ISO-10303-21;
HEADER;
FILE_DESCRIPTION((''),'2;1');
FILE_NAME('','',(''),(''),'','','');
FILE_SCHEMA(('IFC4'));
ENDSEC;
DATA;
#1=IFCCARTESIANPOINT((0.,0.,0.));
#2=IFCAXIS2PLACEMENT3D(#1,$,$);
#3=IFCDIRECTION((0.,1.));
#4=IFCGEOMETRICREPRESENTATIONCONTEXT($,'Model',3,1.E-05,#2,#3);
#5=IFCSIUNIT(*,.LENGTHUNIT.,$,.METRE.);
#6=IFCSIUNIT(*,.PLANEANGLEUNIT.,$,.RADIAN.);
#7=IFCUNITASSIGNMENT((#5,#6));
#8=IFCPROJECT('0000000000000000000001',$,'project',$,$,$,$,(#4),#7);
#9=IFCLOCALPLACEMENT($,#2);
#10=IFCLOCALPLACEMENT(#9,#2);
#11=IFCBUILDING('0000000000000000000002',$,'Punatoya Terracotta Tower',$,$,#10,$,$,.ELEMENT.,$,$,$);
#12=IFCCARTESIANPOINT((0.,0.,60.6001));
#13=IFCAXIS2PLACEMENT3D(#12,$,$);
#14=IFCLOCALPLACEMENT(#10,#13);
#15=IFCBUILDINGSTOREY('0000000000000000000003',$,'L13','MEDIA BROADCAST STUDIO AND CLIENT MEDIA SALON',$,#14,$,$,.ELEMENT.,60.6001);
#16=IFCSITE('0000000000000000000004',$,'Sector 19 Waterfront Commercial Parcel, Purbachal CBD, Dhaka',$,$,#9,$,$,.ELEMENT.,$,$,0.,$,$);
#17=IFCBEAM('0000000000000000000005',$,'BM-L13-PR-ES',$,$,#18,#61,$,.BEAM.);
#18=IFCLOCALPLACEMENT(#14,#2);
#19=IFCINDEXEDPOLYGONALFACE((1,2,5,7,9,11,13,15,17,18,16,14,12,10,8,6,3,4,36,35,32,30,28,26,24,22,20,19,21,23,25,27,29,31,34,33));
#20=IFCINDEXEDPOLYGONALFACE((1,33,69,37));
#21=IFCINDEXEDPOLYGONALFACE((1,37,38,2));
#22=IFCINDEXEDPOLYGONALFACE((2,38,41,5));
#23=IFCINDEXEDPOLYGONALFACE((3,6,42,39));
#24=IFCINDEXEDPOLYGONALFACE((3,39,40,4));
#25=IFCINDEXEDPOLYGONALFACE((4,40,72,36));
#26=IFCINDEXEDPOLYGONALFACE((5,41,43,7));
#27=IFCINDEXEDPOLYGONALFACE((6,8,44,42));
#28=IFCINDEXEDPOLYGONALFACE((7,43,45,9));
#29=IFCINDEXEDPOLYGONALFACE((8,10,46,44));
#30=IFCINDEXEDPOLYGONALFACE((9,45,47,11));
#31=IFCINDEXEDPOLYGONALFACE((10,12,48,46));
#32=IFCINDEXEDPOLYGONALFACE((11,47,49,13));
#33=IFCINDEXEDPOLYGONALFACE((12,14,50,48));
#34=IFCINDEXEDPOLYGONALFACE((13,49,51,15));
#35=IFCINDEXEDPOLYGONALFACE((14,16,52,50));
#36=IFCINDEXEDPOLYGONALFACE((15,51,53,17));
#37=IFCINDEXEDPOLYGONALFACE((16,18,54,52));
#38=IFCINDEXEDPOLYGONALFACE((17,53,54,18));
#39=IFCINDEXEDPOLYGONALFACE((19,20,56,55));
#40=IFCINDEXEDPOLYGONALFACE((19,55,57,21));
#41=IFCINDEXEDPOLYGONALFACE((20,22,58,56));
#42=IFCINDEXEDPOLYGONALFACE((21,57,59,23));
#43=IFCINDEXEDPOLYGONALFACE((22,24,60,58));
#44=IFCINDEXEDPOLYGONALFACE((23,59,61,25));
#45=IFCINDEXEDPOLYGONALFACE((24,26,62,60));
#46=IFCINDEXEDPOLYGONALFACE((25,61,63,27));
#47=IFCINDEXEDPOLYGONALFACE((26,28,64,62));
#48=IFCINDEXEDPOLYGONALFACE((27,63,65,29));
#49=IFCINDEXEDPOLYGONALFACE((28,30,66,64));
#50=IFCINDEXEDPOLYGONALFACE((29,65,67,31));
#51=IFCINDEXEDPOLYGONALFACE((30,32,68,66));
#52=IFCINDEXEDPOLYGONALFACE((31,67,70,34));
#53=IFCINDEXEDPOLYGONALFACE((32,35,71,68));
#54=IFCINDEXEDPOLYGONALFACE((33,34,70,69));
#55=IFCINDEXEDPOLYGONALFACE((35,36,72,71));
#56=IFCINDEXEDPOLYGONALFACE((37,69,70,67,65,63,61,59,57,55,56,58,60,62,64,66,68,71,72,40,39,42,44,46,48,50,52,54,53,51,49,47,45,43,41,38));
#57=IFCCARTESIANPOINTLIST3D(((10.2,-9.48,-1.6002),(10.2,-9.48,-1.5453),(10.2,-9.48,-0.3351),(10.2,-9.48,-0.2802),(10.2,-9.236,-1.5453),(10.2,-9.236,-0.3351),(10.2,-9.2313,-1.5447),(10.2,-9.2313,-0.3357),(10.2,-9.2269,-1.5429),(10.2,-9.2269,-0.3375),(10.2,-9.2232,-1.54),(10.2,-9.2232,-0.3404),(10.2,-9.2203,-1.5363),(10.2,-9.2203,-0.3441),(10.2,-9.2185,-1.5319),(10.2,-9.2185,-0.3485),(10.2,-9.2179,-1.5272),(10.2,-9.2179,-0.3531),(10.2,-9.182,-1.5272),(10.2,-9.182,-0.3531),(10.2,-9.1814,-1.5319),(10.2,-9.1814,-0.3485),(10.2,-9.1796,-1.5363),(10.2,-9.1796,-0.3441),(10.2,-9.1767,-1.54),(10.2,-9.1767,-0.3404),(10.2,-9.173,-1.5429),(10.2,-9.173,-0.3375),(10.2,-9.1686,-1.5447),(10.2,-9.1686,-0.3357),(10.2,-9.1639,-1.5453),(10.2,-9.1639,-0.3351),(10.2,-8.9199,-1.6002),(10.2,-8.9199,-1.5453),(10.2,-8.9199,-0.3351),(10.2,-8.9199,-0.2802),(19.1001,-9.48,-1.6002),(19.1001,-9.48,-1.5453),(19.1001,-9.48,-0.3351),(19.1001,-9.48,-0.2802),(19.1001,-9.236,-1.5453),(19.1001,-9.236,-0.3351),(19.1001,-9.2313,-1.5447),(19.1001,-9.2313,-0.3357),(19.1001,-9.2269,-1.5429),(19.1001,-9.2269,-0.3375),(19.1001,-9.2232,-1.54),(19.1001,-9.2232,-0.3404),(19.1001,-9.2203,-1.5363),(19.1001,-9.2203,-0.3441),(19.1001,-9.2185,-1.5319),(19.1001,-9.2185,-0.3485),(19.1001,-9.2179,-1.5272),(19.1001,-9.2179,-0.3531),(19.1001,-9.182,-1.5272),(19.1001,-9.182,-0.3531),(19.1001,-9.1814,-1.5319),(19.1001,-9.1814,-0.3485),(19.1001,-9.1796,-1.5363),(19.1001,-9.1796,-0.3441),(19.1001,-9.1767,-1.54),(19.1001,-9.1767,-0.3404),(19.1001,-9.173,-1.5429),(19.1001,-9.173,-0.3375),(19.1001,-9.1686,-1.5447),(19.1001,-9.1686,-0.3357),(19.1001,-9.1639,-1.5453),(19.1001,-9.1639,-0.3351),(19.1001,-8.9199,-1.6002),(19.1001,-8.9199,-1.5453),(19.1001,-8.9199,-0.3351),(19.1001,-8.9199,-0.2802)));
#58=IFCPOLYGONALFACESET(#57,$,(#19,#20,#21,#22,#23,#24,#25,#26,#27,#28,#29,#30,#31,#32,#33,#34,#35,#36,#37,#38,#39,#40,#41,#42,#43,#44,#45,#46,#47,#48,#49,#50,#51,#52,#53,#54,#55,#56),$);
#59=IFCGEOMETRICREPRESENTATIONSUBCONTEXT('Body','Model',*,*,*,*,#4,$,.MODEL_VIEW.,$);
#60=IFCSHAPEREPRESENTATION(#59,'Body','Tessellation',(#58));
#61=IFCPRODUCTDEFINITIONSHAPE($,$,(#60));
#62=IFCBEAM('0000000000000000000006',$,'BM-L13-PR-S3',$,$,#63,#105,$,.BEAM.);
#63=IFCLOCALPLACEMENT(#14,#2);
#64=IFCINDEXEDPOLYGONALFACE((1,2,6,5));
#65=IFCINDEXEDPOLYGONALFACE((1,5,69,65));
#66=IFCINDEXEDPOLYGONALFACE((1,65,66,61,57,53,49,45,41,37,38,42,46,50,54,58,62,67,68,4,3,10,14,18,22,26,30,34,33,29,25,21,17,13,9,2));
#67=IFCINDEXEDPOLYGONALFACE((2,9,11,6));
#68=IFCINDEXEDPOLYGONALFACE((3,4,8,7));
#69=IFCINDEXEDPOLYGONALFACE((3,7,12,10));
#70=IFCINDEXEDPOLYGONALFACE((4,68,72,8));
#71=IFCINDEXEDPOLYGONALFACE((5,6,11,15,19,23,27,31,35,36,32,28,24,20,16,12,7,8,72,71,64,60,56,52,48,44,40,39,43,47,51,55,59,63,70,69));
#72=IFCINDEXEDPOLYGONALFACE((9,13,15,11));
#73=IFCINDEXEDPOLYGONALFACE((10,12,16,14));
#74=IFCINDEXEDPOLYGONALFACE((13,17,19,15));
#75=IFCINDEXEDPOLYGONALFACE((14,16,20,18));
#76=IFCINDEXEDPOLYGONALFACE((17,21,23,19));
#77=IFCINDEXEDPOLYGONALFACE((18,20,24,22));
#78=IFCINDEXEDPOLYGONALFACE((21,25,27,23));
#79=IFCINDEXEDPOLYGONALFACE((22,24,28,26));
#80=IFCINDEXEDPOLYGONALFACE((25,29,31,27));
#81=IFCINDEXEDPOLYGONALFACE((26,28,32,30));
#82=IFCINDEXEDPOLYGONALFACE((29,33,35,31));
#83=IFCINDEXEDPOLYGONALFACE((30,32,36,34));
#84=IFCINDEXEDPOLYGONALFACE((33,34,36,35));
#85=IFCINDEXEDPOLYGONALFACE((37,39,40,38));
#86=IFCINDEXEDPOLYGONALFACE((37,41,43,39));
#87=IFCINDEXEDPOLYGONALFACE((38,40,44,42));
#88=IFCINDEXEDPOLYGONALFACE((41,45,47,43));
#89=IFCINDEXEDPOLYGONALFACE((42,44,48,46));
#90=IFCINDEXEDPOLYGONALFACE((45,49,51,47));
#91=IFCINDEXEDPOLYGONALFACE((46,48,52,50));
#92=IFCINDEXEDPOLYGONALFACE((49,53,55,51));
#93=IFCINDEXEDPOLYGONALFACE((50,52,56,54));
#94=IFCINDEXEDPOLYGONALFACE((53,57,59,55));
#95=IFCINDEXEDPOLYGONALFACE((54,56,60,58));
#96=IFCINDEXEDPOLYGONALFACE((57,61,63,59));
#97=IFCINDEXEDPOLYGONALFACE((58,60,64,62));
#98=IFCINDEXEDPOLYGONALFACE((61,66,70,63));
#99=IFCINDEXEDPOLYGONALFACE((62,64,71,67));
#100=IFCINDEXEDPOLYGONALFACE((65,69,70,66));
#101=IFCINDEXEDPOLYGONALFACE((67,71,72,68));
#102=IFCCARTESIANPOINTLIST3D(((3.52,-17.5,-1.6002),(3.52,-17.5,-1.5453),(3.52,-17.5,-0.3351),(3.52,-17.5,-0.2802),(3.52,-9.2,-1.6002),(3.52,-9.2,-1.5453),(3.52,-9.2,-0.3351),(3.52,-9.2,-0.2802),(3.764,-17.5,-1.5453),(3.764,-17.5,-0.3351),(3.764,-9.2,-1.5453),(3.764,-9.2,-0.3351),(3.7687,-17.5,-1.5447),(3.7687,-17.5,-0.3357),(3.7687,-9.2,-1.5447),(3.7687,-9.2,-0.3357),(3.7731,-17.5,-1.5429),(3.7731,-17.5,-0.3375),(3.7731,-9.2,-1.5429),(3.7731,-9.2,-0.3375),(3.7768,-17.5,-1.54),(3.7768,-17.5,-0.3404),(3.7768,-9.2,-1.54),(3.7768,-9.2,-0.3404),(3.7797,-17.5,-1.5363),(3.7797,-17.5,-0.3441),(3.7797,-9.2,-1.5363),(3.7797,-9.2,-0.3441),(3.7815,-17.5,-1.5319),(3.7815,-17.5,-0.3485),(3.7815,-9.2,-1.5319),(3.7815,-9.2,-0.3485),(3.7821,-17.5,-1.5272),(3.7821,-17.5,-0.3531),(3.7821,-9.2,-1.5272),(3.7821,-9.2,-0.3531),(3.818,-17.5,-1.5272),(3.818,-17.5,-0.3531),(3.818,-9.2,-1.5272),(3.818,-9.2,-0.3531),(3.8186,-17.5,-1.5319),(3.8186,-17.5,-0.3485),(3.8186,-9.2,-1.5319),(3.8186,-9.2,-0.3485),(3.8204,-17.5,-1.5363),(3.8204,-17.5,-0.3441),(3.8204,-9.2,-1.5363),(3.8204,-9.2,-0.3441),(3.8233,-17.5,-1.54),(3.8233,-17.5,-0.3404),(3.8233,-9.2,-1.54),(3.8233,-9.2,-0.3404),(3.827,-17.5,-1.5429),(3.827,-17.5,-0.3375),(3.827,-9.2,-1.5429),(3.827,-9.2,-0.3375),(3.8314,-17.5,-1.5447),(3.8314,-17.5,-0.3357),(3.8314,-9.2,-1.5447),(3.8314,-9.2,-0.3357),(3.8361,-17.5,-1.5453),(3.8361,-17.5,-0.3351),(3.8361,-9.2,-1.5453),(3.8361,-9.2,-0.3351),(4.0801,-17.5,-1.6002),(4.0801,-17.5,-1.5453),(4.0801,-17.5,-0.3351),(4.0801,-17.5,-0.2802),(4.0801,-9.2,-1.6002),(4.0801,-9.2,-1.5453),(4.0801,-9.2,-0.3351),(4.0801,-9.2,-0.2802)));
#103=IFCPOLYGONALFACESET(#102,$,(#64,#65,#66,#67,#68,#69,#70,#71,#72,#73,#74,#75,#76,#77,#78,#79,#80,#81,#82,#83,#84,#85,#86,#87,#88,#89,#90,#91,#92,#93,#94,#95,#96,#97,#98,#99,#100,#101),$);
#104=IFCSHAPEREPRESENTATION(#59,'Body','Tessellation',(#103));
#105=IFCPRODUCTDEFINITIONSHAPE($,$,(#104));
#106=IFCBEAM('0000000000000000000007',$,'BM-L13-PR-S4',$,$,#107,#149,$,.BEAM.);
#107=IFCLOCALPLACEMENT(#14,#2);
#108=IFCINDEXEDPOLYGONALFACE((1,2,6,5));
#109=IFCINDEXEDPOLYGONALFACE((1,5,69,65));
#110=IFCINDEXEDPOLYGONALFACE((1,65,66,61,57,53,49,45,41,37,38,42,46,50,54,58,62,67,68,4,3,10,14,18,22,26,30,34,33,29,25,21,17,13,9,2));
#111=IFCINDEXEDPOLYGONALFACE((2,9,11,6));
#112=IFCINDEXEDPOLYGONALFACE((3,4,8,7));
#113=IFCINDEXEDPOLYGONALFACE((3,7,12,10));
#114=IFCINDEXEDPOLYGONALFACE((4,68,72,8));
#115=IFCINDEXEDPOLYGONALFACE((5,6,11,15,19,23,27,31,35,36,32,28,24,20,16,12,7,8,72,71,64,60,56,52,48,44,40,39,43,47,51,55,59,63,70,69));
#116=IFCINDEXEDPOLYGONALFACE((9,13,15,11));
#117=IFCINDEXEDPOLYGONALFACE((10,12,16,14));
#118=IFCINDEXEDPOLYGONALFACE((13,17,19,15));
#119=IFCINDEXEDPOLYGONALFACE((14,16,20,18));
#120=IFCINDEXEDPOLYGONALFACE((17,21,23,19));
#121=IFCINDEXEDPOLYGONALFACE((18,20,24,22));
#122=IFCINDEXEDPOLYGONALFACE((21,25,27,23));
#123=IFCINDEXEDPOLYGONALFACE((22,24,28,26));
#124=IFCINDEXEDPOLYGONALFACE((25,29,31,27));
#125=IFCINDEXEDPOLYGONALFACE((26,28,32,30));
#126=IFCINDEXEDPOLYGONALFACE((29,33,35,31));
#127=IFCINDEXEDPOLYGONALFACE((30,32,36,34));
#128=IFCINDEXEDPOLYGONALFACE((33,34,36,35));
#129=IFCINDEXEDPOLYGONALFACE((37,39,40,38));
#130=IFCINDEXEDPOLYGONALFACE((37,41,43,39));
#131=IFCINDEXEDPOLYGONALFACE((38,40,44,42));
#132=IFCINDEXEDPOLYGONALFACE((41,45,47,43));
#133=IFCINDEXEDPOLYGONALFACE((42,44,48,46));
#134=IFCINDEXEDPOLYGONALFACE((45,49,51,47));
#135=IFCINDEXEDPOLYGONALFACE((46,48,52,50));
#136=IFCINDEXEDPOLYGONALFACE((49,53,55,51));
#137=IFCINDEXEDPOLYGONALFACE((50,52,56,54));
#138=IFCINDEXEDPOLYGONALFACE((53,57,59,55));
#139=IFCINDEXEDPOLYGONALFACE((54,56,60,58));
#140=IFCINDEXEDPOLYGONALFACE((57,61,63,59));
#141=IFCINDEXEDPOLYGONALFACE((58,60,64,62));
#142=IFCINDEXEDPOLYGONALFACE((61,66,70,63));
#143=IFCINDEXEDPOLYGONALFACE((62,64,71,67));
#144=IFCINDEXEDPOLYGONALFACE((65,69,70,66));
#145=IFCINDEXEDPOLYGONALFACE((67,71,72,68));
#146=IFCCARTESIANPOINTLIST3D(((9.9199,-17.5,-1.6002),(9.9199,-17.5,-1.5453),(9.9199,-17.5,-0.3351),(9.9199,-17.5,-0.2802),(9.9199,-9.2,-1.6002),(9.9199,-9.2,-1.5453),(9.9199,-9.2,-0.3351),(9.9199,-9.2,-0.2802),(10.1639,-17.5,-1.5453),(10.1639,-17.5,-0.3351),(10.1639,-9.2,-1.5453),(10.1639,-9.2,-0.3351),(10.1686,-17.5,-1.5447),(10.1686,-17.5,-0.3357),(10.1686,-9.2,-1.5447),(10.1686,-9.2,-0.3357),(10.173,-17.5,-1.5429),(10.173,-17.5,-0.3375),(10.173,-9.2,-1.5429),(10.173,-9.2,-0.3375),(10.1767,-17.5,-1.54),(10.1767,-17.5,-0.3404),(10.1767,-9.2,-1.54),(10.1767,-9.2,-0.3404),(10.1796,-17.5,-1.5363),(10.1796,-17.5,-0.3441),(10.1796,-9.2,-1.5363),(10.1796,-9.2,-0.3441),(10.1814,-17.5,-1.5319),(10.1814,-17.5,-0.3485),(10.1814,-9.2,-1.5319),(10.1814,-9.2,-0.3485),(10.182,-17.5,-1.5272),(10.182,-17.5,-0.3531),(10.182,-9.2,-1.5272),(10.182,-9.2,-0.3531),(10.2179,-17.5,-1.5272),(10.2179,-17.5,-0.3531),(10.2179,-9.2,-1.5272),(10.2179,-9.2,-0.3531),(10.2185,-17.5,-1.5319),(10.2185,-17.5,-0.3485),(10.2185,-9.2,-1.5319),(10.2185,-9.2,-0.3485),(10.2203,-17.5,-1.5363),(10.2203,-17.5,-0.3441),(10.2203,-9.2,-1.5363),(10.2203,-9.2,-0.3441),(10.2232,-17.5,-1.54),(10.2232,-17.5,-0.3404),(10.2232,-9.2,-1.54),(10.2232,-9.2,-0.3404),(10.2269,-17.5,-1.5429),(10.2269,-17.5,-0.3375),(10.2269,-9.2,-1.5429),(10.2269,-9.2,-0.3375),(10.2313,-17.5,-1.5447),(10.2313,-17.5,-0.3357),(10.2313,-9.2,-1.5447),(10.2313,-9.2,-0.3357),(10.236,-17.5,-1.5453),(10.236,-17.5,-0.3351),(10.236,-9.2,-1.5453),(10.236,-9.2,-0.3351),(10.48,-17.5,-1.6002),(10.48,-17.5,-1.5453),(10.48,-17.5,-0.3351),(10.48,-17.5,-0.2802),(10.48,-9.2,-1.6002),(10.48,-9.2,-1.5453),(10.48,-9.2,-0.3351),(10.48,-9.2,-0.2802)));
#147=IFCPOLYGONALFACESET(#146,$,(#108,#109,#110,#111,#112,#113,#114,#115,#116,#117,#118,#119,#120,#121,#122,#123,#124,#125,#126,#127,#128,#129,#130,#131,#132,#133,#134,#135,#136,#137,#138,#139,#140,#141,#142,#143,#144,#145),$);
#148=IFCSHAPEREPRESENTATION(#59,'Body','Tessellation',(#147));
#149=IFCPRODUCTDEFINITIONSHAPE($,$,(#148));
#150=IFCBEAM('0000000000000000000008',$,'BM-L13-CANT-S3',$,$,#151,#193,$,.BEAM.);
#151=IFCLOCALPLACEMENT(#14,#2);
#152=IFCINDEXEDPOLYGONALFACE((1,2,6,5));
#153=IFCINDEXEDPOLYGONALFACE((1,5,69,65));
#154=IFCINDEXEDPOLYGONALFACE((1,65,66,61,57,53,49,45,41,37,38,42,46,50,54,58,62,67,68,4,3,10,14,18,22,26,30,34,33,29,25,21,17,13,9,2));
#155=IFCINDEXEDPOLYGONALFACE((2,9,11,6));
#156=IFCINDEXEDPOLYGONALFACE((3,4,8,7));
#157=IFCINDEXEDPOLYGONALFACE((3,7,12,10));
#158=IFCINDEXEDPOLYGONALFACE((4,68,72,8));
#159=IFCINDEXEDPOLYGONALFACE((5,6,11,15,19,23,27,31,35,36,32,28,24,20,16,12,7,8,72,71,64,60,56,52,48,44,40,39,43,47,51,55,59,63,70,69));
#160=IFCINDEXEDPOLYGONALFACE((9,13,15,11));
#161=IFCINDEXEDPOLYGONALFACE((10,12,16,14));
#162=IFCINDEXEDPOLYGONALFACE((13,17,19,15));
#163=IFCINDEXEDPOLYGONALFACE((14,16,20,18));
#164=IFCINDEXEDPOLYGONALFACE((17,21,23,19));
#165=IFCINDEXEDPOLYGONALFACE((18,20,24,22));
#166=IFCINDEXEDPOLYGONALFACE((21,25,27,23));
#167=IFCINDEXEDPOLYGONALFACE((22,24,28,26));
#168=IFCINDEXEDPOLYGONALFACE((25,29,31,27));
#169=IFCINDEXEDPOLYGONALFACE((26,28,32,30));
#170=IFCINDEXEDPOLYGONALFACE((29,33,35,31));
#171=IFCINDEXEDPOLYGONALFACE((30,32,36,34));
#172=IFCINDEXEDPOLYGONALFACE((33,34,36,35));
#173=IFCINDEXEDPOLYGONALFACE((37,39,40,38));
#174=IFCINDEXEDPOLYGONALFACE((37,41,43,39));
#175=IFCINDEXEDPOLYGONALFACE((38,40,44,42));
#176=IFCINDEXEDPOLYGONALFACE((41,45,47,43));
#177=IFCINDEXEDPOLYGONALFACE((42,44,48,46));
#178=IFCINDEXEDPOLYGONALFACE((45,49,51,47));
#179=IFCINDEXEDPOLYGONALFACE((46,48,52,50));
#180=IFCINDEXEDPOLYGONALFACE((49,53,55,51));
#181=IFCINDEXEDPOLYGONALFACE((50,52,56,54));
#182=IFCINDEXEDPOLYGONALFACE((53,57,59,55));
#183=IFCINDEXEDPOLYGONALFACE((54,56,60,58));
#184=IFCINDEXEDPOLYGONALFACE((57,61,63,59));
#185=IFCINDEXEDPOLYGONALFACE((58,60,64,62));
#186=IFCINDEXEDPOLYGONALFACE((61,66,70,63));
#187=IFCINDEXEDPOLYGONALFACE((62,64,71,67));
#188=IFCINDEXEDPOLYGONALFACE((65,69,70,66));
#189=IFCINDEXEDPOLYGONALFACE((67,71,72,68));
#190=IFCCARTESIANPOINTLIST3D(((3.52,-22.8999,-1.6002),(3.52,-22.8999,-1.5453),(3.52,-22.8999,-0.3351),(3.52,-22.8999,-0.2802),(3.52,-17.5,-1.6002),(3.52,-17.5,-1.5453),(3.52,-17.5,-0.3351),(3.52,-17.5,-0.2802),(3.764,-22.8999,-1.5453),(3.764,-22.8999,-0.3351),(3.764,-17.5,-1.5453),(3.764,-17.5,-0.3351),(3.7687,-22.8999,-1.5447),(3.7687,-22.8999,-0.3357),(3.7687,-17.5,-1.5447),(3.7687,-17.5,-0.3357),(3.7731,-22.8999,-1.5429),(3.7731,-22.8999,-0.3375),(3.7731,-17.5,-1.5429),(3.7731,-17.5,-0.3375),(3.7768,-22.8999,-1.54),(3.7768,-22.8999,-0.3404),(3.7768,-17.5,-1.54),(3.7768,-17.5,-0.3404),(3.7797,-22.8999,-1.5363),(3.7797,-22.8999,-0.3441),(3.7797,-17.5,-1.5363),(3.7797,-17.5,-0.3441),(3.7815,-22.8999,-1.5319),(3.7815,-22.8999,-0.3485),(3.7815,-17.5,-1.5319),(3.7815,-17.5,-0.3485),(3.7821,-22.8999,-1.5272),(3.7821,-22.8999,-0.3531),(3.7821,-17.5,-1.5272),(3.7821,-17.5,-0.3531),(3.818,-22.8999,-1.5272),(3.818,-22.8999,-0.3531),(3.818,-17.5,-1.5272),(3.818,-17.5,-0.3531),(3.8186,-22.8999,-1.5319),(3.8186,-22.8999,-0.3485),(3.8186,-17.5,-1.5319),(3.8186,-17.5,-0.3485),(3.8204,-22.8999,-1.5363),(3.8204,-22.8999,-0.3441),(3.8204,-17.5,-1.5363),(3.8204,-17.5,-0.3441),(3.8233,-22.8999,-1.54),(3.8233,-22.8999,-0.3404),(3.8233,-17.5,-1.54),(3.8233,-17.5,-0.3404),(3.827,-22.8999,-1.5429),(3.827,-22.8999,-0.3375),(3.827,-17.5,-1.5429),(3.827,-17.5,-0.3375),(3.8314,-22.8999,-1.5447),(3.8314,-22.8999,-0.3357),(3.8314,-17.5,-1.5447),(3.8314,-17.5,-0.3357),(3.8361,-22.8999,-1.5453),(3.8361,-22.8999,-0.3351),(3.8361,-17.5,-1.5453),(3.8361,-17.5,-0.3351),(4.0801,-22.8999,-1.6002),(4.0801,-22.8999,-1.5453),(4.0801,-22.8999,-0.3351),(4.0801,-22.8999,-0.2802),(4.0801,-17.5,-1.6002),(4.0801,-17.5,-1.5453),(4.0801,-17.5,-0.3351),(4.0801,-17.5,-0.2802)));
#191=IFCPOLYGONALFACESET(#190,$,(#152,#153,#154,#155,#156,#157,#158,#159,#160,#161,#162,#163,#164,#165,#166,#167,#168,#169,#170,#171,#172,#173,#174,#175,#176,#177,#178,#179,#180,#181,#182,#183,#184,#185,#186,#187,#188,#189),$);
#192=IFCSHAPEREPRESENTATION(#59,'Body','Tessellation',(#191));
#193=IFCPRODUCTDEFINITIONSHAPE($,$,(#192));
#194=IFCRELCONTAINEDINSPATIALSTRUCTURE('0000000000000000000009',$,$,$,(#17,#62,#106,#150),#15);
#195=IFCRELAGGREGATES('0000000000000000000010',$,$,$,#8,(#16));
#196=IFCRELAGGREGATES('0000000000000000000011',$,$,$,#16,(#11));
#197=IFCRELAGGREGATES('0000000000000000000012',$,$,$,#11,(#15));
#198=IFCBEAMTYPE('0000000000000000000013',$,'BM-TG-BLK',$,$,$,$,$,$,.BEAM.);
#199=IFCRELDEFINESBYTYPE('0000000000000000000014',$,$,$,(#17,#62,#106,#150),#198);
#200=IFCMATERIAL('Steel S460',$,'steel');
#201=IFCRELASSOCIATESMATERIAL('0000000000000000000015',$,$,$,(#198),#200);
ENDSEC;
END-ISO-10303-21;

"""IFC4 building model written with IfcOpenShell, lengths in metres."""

from ifc_helpers import new_model, si_unit, direction, frame, origin, origin_2d, place, context, subcontext, project, spatial, i_section, extrude, material, material_profile, profile_set, type_object, element, save


model = new_model("IFC4")

# Units and contexts
model_context = context("Model", 3, precision=1e-05, world=origin(), true_north=direction((0.0, 1.0)))
body_context = subcontext(model_context, "Body", "Model", "MODEL_VIEW")
ifc_project = project(units=[si_unit("LENGTHUNIT", "METRE"), si_unit("PLANEANGLEUNIT", "RADIAN")], contexts=[model_context])

# Site, building, storey
site_placement = place(None, origin())
site = spatial("IfcSite", under=ifc_project, at=site_placement, Name="Sector 19 Waterfront Commercial Parcel, Purbachal CBD, Dhaka", CompositionType="ELEMENT", RefElevation=0.0)
building_placement = place(site_placement, origin())
building = spatial("IfcBuilding", under=site, at=building_placement, Name="Punatoya Terracotta Tower", CompositionType="ELEMENT")
storey_placement = place(building_placement, frame((0.0, 0.0, 60.6001)))
storey = spatial("IfcBuildingStorey", under=building, at=storey_placement, Name="L13", Description="MEDIA BROADCAST STUDIO AND CLIENT MEDIA SALON", CompositionType="ELEMENT", Elevation=60.6001)

# Shared definitions
ifc_material_1 = material(Name="Steel S460", Category="steel")

# Beams
ifc_material_profile_1 = material_profile(ifc_material_1, i_section(OverallWidth=0.5601, OverallDepth=1.3201, WebThickness=0.0359, FlangeThickness=0.0549, FilletRadius=0.0181, at=origin_2d()))
ifc_profile_set_1 = profile_set([ifc_material_profile_1], Name="Steel S460")
beam_type_1 = type_object("IfcBeamType", Name="BM-TG-BLK", PredefinedType="BEAM", material=ifc_profile_set_1)
beam_1_placement = place(storey_placement, frame((10.2, -9.2, -0.9402), z_axis=(1.0, 0.0, 0.0), x_axis=(0.0, 1.0, 0.0)))
element("IfcBeam", 1, at=beam_1_placement, inside=storey, type_object=beam_type_1, Name="BM-L13-PR-ES", PredefinedType="BEAM", context=body_context, shape_type="SweptSolid", body=[
    extrude(i_section(OverallWidth=0.5601, OverallDepth=1.3201, WebThickness=0.0359, FlangeThickness=0.0549, FilletRadius=0.0181, at=origin_2d()), origin(), (0.0, 0.0, 1.0), 8.9001),
])
for number, where, z_axis, x_axis, name in (
    (2, (3.8, -17.5, -0.9402), (0.0, 1.0, 0.0), (-1.0, 0.0, 0.0), "BM-L13-PR-S3"),
    (3, (10.2, -17.5, -0.9402), (0.0, 1.0, 0.0), (-1.0, 0.0, 0.0), "BM-L13-PR-S4"),
):
    element("IfcBeam", number, at=place(storey_placement, frame(where, z_axis=z_axis, x_axis=x_axis)), inside=storey, type_object=beam_type_1, Name=name, PredefinedType="BEAM", context=body_context, shape_type="SweptSolid", body=[
        extrude(i_section(OverallWidth=0.5601, OverallDepth=1.3201, WebThickness=0.0359, FlangeThickness=0.0549, FilletRadius=0.0181, at=origin_2d()), origin(), (0.0, 0.0, 1.0), 8.3),
    ])
beam_2_placement = place(storey_placement, frame((3.8, -22.8999, -0.9402), z_axis=(0.0, 1.0, 0.0), x_axis=(-1.0, 0.0, 0.0)))
element("IfcBeam", 4, at=beam_2_placement, inside=storey, type_object=beam_type_1, Name="BM-L13-CANT-S3", PredefinedType="BEAM", context=body_context, shape_type="SweptSolid", body=[
    extrude(i_section(OverallWidth=0.5601, OverallDepth=1.3201, WebThickness=0.0359, FlangeThickness=0.0549, FilletRadius=0.0181, at=origin_2d()), origin(), (0.0, 0.0, 1.0), 5.3999),
])

save(model, "model.ifc")
